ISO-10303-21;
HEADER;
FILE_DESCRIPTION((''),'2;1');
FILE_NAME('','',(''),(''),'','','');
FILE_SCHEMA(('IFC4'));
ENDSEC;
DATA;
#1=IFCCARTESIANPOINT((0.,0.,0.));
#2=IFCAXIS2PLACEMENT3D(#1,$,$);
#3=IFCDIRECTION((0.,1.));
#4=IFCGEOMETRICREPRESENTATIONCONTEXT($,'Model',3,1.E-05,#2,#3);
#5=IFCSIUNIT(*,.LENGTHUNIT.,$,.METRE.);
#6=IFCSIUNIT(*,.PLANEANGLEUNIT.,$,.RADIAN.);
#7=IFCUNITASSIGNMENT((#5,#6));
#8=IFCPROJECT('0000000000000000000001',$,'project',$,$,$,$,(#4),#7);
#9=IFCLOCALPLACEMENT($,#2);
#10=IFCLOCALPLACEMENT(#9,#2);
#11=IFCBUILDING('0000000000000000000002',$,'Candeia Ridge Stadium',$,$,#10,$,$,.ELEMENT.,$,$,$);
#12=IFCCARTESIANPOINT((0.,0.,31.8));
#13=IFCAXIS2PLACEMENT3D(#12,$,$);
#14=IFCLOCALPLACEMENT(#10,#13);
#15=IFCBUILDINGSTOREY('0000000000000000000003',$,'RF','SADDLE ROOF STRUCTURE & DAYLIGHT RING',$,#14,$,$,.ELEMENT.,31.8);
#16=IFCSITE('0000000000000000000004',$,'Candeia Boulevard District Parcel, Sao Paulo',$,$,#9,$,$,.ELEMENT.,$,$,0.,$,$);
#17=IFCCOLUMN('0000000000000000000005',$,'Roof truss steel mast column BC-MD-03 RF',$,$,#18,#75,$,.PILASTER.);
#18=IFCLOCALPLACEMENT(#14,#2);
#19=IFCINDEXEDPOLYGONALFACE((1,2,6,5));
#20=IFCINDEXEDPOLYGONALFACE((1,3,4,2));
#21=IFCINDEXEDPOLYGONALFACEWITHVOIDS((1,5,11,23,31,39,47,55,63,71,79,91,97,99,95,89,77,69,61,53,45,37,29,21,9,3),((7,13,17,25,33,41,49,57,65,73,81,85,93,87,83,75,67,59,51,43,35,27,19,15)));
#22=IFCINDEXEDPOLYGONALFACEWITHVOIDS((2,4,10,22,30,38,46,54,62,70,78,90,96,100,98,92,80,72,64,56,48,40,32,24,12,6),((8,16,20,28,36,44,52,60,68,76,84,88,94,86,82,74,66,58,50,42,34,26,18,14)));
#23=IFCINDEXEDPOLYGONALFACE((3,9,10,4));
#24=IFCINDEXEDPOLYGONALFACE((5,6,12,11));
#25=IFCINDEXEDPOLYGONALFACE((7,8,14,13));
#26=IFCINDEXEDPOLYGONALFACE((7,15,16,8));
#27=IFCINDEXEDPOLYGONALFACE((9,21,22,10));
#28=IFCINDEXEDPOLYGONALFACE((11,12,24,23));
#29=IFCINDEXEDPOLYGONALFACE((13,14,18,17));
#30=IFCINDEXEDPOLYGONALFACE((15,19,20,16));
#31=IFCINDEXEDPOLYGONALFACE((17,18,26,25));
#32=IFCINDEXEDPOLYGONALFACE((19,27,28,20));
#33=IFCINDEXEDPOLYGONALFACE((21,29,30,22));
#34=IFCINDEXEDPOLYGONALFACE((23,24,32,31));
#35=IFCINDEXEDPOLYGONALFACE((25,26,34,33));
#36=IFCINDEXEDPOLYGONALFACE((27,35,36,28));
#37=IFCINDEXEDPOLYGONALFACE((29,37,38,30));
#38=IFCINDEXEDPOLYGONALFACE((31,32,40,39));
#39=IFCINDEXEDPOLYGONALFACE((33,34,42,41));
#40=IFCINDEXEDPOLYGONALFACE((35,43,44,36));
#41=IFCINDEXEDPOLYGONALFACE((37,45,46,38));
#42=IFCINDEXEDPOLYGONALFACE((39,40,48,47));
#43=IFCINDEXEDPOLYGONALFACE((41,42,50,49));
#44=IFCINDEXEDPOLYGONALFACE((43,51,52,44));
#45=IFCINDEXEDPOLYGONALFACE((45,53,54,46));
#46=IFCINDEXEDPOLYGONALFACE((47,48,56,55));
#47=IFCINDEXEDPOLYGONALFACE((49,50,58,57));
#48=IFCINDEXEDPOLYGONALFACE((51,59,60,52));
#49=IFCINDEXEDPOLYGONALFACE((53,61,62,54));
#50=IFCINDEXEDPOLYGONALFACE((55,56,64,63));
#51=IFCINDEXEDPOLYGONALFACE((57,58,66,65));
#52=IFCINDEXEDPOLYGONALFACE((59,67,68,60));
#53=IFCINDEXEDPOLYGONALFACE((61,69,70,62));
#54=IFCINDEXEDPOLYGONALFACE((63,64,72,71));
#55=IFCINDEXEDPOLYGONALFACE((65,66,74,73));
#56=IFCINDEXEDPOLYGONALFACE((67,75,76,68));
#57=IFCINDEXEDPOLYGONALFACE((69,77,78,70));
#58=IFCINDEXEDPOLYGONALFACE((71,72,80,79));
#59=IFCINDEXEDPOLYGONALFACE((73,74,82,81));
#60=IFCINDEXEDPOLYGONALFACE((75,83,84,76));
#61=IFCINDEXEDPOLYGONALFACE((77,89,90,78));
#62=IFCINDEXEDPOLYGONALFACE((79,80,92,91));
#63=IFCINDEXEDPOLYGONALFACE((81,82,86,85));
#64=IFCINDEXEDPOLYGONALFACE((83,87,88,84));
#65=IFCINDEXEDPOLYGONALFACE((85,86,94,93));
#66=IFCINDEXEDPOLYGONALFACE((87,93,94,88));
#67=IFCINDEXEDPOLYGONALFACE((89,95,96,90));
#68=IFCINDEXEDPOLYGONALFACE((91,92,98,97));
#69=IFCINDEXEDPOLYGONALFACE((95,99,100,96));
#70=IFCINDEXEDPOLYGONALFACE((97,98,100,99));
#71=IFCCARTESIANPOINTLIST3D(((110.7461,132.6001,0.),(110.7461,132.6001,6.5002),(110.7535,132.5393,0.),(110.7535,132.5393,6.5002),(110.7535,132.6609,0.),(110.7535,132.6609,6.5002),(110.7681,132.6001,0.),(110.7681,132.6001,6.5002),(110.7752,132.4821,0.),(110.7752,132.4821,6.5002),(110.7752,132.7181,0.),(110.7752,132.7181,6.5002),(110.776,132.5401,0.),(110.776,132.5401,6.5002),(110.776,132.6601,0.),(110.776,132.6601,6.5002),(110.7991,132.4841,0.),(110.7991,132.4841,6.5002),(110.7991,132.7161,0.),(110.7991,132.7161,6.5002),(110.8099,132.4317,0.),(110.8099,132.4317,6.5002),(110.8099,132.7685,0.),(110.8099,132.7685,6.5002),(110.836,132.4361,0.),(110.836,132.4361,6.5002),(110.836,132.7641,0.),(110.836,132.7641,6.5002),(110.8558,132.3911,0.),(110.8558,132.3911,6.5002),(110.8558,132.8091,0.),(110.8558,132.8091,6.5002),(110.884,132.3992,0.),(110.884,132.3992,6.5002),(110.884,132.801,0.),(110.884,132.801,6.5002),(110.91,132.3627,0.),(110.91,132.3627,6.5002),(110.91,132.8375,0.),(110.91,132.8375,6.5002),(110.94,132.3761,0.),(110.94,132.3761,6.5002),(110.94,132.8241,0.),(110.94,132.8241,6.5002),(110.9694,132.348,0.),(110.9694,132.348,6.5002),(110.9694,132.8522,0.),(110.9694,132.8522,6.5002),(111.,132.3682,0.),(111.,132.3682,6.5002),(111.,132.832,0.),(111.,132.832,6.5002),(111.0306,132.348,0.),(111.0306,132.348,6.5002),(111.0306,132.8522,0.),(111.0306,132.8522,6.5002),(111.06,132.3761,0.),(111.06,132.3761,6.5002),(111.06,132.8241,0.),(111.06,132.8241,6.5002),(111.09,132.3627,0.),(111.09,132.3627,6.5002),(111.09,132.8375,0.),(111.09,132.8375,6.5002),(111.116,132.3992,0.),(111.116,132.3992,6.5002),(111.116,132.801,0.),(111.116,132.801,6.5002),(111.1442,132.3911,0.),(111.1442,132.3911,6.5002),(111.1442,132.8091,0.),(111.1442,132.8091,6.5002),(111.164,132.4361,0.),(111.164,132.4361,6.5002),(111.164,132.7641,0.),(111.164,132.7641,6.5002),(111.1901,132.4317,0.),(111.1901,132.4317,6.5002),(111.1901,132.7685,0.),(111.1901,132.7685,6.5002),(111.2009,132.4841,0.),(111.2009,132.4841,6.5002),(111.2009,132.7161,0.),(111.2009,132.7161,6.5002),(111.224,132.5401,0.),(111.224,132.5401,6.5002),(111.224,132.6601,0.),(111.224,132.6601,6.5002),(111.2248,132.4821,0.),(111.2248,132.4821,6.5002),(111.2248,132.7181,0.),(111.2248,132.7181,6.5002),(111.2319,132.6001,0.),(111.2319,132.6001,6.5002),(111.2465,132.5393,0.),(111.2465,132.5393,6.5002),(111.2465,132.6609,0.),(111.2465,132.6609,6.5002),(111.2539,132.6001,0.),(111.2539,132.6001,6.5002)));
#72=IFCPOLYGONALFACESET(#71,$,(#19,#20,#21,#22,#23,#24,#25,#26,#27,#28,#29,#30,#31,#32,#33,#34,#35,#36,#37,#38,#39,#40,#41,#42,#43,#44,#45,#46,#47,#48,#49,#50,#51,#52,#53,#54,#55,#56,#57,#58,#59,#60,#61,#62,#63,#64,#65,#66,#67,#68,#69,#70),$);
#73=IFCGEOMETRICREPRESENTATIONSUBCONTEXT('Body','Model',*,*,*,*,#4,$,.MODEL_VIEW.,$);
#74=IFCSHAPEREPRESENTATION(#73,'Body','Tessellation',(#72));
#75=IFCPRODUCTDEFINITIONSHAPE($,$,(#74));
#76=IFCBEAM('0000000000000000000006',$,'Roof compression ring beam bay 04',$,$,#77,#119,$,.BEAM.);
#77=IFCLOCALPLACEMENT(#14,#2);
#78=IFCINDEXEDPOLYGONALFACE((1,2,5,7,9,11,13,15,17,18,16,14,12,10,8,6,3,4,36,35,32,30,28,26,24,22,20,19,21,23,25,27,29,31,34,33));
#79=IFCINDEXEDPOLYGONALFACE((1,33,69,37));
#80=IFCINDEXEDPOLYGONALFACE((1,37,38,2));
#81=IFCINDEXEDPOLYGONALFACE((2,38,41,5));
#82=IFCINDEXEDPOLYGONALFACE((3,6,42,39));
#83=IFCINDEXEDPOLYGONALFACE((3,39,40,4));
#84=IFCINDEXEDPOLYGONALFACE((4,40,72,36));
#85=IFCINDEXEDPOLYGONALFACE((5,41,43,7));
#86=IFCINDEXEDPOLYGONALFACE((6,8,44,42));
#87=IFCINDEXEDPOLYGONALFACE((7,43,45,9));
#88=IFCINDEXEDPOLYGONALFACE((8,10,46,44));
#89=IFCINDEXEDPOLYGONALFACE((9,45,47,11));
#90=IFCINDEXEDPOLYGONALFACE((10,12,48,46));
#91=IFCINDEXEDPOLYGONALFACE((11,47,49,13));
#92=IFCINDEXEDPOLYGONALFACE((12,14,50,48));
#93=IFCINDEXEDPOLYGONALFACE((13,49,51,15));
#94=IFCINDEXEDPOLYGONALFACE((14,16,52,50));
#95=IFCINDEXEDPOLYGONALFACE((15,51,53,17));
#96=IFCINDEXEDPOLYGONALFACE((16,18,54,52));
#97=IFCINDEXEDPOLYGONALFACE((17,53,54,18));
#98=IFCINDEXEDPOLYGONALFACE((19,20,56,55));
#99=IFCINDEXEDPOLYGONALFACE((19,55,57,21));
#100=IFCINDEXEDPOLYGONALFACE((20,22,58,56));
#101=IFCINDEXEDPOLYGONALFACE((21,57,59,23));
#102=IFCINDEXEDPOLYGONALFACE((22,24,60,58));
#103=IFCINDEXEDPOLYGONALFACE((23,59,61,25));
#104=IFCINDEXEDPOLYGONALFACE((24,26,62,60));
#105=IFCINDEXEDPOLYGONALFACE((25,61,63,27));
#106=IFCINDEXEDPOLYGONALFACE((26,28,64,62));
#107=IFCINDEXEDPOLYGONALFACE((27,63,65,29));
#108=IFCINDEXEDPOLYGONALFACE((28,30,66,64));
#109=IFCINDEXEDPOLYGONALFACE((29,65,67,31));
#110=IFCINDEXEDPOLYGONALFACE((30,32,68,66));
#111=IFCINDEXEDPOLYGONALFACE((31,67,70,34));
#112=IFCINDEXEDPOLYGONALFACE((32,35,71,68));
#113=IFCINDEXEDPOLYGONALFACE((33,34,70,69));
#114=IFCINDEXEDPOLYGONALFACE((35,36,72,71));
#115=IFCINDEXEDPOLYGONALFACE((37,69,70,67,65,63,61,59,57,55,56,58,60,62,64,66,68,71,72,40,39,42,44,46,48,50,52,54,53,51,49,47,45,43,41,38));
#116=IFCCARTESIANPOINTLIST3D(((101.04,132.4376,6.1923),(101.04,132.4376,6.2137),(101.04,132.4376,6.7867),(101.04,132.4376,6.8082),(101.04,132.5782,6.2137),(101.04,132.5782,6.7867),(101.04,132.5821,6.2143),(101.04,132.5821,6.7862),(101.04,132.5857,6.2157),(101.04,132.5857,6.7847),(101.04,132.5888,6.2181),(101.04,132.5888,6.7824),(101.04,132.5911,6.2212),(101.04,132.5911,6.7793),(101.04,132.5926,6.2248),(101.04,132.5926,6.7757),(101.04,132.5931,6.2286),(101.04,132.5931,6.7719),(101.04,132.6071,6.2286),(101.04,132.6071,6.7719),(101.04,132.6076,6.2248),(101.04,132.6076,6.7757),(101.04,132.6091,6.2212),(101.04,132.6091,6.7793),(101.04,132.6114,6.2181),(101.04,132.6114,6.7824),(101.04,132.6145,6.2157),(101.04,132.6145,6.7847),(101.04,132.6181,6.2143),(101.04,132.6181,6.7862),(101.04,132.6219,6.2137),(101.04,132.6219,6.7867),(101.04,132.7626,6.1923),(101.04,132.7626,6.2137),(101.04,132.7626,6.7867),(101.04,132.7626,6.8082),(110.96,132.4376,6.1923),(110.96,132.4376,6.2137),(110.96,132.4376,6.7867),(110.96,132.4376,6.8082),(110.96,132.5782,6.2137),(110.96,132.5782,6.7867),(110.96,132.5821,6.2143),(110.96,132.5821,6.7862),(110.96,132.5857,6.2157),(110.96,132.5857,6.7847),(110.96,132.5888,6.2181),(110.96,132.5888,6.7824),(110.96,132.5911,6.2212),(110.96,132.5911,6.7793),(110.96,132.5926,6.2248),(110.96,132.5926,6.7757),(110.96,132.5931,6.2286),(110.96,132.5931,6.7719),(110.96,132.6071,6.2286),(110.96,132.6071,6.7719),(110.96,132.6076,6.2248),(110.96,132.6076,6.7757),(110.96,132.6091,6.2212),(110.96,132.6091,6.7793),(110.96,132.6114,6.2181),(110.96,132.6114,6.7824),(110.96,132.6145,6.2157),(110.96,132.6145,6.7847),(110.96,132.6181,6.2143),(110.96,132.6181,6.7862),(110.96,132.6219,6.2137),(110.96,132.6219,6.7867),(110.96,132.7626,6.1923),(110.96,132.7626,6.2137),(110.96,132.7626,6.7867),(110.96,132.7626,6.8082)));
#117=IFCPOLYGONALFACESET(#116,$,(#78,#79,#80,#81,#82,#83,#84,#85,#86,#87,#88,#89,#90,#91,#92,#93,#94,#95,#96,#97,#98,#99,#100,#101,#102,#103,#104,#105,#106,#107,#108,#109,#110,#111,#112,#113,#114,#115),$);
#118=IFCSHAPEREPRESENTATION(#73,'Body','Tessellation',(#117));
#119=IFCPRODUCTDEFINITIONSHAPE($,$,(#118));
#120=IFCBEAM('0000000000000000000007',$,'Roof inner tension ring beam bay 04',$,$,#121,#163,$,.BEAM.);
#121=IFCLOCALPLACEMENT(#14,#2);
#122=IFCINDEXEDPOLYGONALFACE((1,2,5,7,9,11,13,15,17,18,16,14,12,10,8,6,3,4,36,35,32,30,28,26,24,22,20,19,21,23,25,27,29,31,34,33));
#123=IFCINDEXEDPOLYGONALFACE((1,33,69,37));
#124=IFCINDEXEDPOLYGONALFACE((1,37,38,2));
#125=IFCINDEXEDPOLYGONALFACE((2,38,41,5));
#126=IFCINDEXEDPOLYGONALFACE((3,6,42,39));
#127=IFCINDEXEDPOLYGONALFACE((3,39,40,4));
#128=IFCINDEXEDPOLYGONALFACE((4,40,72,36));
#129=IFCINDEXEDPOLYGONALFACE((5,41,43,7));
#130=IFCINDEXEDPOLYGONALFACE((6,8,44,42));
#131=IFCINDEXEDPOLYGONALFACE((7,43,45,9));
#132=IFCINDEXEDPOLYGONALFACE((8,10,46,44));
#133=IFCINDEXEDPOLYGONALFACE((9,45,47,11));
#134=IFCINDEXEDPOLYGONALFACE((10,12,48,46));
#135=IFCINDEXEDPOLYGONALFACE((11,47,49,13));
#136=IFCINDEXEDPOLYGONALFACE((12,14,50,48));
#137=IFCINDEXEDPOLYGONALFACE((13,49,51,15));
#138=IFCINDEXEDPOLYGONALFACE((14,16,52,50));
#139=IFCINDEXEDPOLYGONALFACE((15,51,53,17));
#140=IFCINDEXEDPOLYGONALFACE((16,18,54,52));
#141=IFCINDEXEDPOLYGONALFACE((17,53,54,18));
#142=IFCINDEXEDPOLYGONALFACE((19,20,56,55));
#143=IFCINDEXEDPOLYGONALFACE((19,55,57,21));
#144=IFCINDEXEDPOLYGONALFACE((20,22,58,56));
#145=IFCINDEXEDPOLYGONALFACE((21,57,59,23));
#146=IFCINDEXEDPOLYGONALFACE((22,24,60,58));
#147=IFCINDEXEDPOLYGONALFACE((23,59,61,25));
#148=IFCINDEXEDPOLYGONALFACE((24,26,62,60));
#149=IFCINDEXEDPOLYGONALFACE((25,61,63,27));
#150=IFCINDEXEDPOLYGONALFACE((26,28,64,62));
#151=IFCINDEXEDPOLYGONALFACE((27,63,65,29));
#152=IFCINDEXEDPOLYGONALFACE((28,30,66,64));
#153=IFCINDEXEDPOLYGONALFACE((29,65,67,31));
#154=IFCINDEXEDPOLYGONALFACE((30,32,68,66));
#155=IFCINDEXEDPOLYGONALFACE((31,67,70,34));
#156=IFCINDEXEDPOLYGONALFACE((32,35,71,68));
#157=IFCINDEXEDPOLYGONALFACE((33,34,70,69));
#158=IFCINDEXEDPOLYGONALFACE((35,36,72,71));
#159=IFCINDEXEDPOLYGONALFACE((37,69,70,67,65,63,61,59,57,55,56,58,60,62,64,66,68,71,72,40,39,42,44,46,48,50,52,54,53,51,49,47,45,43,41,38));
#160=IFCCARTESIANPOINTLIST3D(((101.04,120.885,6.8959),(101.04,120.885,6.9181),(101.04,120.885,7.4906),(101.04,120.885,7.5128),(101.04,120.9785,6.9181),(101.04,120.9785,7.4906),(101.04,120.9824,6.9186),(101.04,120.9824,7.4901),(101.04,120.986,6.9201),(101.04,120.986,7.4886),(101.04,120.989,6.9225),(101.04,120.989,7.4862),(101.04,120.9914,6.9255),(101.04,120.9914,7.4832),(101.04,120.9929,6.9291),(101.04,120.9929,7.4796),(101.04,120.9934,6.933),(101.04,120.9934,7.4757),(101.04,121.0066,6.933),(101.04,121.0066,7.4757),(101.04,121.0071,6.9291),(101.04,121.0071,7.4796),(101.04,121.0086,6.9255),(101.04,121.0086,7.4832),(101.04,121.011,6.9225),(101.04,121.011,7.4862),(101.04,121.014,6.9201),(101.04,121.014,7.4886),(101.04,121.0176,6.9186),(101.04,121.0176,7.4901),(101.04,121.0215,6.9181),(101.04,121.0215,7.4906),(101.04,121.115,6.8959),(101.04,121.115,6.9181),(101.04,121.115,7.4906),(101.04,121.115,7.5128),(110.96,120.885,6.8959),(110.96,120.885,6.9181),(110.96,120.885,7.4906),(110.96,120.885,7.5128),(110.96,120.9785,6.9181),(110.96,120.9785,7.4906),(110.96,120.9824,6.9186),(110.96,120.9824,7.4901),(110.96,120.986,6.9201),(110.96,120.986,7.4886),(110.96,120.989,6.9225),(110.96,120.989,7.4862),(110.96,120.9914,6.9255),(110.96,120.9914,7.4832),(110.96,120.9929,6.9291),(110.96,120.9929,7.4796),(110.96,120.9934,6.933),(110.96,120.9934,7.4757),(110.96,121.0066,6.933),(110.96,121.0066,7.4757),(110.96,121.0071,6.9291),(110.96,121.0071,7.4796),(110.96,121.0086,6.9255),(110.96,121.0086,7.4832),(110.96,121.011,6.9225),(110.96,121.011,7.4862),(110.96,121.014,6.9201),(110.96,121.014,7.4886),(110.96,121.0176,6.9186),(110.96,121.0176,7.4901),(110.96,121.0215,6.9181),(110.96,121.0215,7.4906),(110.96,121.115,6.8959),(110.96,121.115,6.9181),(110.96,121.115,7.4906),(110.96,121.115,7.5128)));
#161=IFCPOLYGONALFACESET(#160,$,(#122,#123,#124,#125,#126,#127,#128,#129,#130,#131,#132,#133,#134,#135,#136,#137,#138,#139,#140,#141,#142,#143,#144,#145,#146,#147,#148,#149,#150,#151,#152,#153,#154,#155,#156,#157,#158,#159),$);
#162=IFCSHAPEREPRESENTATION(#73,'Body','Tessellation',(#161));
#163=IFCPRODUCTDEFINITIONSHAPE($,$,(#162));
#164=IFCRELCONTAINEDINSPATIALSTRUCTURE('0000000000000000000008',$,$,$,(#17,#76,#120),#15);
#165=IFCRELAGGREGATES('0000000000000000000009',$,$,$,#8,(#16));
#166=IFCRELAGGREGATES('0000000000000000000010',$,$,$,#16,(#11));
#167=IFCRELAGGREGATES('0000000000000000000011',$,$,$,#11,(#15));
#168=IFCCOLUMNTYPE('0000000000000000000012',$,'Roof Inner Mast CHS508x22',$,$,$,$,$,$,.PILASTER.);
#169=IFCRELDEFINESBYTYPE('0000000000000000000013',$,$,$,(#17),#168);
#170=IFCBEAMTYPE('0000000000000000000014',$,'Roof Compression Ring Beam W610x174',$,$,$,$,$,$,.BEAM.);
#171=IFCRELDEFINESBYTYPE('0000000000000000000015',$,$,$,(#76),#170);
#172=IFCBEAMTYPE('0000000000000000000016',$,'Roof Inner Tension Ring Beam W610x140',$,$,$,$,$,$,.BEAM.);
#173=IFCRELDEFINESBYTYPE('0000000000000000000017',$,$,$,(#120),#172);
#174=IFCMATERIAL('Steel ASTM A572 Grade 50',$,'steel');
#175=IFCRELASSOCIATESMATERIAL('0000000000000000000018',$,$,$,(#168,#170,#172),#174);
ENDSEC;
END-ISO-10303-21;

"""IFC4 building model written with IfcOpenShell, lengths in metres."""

from ifc_helpers import new_model, si_unit, direction, frame, origin, origin_2d, place, context, subcontext, project, spatial, hollow_circle, i_section, extrude, material, material_profile, profile_set, type_object, element, save


model = new_model("IFC4")

# Units and contexts
model_context = context("Model", 3, precision=1e-05, world=origin(), true_north=direction((0.0, 1.0)))
body_context = subcontext(model_context, "Body", "Model", "MODEL_VIEW")
ifc_project = project(units=[si_unit("LENGTHUNIT", "METRE"), si_unit("PLANEANGLEUNIT", "RADIAN")], contexts=[model_context])

# Site, building, storey
site_placement = place(None, origin())
site = spatial("IfcSite", under=ifc_project, at=site_placement, Name="Candeia Boulevard District Parcel, Sao Paulo", CompositionType="ELEMENT", RefElevation=0.0)
building_placement = place(site_placement, origin())
building = spatial("IfcBuilding", under=site, at=building_placement, Name="Candeia Ridge Stadium", CompositionType="ELEMENT")
storey_placement = place(building_placement, frame((0.0, 0.0, 31.8)))
storey = spatial("IfcBuildingStorey", under=building, at=storey_placement, Name="RF", Description="SADDLE ROOF STRUCTURE & DAYLIGHT RING", CompositionType="ELEMENT", Elevation=31.8)

# Column
ifc_material_1 = material(Name="Steel ASTM A572 Grade 50", Category="steel")
ifc_material_profile_1 = material_profile(ifc_material_1, hollow_circle(Radius=0.2539, WallThickness=0.022, at=origin_2d()), Name="CHS508x22", Category="steel")
ifc_profile_set_1 = profile_set([ifc_material_profile_1], Name="Steel ASTM A572 Grade 50")
column_type = type_object("IfcColumnType", Name="Roof Inner Mast CHS508x22", PredefinedType="PILASTER", material=ifc_profile_set_1)
column_placement = place(storey_placement, frame((111.0, 132.6001, 0.0), z_axis=(0.0, 0.0, 1.0), x_axis=(1.0, 0.0, 0.0)))
element("IfcColumn", 1, at=column_placement, inside=storey, type_object=column_type, Name="Roof truss steel mast column BC-MD-03 RF", PredefinedType="PILASTER", context=body_context, shape_type="SweptSolid", body=[
    extrude(hollow_circle(Radius=0.2539, WallThickness=0.022, at=origin_2d()), origin(), (0.0, 0.0, 1.0), 6.5002),
])

# Beams
ifc_material_profile_2 = material_profile(ifc_material_1, i_section(OverallWidth=0.325, OverallDepth=0.616, WebThickness=0.0139, FlangeThickness=0.0215, FilletRadius=0.0149, at=origin_2d()), Name="W610x174", Category="steel")
ifc_profile_set_2 = profile_set([ifc_material_profile_2], Name="Steel ASTM A572 Grade 50")
beam_type_1 = type_object("IfcBeamType", Name="Roof Compression Ring Beam W610x174", PredefinedType="BEAM", material=ifc_profile_set_2)
beam_1_placement = place(storey_placement, frame((110.96, 132.6001, 6.5002), z_axis=(-1.0, 0.0, 0.0), x_axis=(0.0, -1.0, 0.0)))
element("IfcBeam", 2, at=beam_1_placement, inside=storey, type_object=beam_type_1, Name="Roof compression ring beam bay 04", PredefinedType="BEAM", context=body_context, shape_type="SweptSolid", body=[
    extrude(i_section(OverallWidth=0.325, OverallDepth=0.616, WebThickness=0.0139, FlangeThickness=0.0215, FilletRadius=0.0149, at=origin_2d()), origin(), (0.0, 0.0, 1.0), 9.9199),
])
ifc_material_profile_3 = material_profile(ifc_material_1, i_section(OverallWidth=0.23, OverallDepth=0.6169, WebThickness=0.0132, FlangeThickness=0.0222, FilletRadius=0.0149, at=origin_2d()), Name="W610x140", Category="steel")
ifc_profile_set_3 = profile_set([ifc_material_profile_3], Name="Steel ASTM A572 Grade 50")
beam_type_2 = type_object("IfcBeamType", Name="Roof Inner Tension Ring Beam W610x140", PredefinedType="BEAM", material=ifc_profile_set_3)
beam_2_placement = place(storey_placement, frame((110.96, 121.0, 7.2043), z_axis=(-1.0, 0.0, 0.0), x_axis=(0.0, -1.0, 0.0)))
element("IfcBeam", 3, at=beam_2_placement, inside=storey, type_object=beam_type_2, Name="Roof inner tension ring beam bay 04", PredefinedType="BEAM", context=body_context, shape_type="SweptSolid", body=[
    extrude(i_section(OverallWidth=0.23, OverallDepth=0.6169, WebThickness=0.0132, FlangeThickness=0.0222, FilletRadius=0.0149, at=origin_2d()), origin(), (0.0, 0.0, 1.0), 9.9199),
])

save(model, "model.ifc")
